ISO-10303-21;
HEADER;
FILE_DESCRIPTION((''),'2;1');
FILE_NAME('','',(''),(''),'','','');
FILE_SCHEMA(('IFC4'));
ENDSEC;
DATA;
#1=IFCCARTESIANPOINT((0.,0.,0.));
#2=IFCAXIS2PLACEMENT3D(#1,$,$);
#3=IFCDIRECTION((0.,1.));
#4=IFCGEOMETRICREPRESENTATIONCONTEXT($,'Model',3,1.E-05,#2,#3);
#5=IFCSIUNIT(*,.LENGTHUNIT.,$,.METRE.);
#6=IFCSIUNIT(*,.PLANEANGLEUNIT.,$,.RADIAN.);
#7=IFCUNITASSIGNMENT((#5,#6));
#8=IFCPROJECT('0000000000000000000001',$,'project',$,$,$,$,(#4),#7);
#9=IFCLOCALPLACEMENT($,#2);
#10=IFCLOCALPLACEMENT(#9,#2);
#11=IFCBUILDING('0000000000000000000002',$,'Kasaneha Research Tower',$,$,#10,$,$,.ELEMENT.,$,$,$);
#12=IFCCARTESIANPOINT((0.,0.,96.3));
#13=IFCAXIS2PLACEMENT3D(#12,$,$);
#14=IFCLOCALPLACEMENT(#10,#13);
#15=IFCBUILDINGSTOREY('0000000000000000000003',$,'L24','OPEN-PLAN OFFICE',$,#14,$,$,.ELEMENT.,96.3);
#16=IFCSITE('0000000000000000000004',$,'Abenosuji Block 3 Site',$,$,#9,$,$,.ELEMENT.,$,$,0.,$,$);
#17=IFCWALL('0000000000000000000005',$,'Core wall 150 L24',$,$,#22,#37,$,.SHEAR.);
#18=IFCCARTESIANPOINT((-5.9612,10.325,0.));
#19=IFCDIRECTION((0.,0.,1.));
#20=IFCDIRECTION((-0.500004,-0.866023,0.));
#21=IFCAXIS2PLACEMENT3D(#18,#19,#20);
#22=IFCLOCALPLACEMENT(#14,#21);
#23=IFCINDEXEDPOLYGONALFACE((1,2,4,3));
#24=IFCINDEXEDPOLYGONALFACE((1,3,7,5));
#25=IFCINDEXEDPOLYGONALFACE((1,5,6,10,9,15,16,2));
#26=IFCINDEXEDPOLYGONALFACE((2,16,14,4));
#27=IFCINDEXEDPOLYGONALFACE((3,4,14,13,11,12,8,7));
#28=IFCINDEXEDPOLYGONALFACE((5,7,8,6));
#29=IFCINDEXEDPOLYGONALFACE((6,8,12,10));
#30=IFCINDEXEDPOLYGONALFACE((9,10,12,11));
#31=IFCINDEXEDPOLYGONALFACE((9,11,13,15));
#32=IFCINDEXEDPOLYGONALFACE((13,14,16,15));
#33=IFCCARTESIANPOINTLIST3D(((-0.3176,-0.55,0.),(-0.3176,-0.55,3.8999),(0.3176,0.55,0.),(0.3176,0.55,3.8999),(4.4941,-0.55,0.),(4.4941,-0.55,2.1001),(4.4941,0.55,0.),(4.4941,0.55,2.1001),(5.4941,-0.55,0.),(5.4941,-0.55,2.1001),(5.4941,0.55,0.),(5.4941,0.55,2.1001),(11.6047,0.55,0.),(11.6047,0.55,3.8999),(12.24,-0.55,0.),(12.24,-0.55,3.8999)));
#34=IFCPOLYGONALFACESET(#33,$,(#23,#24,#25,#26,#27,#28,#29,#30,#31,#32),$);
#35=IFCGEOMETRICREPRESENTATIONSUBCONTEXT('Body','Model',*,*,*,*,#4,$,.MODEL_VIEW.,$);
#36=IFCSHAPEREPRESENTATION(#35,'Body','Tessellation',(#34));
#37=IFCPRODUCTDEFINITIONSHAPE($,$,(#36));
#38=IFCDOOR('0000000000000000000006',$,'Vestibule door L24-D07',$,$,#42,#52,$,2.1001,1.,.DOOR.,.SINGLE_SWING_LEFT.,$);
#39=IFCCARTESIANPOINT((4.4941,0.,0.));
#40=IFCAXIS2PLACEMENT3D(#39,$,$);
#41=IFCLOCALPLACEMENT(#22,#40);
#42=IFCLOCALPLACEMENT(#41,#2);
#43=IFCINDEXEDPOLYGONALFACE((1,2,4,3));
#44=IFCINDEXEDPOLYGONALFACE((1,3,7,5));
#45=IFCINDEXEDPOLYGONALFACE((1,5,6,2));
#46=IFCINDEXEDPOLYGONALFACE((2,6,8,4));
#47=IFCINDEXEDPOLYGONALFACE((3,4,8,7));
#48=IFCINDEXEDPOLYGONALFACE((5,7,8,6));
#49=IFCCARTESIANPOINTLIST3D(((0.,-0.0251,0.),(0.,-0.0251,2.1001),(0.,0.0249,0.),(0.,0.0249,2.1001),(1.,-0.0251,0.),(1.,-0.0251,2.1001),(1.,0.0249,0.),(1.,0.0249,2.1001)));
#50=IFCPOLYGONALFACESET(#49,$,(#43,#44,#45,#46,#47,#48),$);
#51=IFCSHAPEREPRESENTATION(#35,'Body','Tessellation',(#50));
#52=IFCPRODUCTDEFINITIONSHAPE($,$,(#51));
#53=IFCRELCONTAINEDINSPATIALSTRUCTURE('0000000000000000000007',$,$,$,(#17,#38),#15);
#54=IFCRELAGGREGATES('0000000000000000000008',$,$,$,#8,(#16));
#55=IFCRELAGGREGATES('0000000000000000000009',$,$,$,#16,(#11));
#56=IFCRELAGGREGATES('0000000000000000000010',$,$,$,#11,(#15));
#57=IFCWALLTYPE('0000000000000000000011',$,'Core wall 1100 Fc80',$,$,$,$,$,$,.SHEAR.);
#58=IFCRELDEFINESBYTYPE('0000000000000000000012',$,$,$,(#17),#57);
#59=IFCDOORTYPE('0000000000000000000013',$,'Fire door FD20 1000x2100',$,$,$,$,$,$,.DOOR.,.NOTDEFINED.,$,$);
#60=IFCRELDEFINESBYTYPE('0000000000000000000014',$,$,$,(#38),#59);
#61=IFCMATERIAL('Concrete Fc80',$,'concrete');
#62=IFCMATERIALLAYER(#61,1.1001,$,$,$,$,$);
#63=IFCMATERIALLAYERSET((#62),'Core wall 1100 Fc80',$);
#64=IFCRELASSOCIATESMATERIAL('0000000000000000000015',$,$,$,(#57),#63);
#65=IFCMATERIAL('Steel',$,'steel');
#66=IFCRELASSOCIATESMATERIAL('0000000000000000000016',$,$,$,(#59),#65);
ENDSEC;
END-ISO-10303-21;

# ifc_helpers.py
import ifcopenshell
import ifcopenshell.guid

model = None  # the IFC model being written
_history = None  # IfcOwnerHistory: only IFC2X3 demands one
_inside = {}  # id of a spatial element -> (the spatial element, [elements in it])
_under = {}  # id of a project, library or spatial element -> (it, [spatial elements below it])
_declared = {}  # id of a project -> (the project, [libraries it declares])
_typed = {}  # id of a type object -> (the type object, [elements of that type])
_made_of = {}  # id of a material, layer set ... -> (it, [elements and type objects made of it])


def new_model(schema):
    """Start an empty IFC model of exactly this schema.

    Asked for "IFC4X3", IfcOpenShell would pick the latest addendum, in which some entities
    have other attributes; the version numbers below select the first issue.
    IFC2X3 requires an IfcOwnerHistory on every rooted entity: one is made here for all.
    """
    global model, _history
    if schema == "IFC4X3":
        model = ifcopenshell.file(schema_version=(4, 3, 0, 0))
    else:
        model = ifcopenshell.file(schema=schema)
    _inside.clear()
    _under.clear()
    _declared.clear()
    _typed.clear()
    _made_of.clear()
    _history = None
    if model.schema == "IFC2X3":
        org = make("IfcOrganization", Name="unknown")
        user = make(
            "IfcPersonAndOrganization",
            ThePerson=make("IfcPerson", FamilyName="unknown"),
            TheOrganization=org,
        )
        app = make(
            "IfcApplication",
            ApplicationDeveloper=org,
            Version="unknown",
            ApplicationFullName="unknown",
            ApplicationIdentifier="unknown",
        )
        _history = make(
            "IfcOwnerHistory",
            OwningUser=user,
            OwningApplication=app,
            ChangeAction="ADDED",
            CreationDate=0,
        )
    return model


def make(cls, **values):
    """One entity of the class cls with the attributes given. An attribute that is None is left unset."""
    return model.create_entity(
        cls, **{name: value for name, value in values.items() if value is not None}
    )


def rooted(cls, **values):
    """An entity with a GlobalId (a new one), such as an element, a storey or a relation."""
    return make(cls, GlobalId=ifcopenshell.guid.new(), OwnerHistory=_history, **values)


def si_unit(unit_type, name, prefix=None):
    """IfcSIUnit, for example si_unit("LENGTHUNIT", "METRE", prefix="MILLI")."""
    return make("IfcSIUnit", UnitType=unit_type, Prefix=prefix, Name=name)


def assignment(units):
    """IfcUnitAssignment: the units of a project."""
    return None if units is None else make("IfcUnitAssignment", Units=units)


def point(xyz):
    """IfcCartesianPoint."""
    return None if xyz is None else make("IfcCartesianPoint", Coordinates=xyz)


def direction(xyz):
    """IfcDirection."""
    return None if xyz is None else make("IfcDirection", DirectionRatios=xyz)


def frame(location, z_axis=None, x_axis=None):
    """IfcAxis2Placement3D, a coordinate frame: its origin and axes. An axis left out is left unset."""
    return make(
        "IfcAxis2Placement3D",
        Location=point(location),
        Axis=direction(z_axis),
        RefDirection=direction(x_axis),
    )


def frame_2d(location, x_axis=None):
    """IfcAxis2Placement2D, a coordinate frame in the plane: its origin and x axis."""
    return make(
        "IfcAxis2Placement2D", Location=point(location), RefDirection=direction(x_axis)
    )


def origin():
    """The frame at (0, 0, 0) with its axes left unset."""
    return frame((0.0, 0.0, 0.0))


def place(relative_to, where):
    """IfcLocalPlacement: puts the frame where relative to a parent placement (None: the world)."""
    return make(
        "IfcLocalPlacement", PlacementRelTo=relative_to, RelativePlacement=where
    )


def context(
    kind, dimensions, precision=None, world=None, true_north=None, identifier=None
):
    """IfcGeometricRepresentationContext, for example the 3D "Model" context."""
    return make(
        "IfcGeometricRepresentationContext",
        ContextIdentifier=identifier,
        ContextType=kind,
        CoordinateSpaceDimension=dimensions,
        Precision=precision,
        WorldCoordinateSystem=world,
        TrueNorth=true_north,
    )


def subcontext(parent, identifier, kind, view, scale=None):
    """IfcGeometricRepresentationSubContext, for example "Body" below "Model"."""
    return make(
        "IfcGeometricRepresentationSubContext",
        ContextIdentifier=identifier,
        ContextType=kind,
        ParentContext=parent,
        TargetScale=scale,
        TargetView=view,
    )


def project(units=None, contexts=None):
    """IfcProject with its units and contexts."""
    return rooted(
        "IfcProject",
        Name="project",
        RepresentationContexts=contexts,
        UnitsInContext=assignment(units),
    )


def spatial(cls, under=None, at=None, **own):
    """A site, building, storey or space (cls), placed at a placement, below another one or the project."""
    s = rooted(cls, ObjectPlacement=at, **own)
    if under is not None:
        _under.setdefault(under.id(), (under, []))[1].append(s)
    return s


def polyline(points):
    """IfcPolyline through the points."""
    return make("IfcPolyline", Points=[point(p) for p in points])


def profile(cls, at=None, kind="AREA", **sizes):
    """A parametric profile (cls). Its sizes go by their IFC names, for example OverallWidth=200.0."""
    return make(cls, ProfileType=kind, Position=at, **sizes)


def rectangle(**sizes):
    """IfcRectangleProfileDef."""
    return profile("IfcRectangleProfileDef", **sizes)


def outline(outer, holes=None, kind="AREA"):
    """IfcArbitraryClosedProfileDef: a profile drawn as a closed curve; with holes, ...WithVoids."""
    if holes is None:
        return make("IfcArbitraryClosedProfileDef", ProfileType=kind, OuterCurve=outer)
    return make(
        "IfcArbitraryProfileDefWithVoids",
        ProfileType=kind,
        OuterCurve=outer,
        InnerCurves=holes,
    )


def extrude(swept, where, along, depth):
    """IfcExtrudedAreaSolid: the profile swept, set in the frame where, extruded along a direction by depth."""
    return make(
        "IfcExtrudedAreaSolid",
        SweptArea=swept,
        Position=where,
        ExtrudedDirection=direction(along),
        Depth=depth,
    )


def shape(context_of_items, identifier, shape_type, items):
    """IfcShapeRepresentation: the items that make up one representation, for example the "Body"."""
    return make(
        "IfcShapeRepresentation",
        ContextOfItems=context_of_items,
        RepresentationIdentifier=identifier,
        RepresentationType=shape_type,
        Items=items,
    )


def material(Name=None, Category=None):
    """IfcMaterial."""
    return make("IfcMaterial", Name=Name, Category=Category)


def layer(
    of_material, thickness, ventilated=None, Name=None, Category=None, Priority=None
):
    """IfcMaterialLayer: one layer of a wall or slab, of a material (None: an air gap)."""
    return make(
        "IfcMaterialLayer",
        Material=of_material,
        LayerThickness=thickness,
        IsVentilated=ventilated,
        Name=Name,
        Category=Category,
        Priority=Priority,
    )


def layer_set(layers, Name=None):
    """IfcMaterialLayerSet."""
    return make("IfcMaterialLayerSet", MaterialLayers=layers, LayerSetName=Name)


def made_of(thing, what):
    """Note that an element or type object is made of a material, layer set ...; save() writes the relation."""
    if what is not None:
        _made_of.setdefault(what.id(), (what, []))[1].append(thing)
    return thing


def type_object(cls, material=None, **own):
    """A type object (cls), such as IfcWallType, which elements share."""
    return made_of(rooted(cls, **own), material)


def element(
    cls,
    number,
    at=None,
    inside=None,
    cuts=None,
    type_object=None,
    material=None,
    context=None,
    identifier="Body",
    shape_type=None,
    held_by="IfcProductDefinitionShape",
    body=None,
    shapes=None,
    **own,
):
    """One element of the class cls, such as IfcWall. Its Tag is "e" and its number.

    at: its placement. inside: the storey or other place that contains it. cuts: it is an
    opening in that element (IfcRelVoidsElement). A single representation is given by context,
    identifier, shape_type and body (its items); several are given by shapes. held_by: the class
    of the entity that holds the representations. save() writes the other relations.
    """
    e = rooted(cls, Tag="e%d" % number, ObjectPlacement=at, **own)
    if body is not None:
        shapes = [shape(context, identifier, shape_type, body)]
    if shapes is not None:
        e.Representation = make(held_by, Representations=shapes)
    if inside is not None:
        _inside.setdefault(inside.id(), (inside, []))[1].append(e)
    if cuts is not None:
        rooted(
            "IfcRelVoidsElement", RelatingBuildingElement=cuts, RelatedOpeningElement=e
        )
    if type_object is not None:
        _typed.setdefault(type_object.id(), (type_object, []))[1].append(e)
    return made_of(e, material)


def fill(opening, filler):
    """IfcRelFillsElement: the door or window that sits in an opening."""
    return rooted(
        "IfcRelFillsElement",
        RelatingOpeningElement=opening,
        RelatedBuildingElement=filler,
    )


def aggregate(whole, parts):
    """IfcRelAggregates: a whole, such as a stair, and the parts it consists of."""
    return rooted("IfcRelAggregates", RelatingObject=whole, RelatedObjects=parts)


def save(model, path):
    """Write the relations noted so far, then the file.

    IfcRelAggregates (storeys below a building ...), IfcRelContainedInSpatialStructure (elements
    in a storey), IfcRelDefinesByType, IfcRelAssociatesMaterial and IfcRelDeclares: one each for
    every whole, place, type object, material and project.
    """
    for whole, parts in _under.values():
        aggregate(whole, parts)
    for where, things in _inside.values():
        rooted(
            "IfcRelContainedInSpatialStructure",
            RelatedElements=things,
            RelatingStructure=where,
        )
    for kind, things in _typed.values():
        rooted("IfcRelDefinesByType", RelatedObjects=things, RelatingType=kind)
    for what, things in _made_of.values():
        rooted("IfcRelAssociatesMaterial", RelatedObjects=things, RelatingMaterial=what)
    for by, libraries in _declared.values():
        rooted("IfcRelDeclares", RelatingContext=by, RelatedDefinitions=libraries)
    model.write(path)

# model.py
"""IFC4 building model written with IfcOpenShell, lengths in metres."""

from ifc_helpers import new_model, si_unit, direction, frame, frame_2d, origin, place, context, subcontext, project, spatial, polyline, rectangle, outline, extrude, material, layer, layer_set, type_object, element, fill, save


model = new_model("IFC4")

# Units and contexts
model_context = context("Model", 3, precision=1e-05, world=origin(), true_north=direction((0.0, 1.0)))
body_context = subcontext(model_context, "Body", "Model", "MODEL_VIEW")
ifc_project = project(units=[si_unit("LENGTHUNIT", "METRE"), si_unit("PLANEANGLEUNIT", "RADIAN")], contexts=[model_context])

# Site, building, storey
site_placement = place(None, origin())
site = spatial("IfcSite", under=ifc_project, at=site_placement, Name="Abenosuji Block 3 Site", CompositionType="ELEMENT", RefElevation=0.0)
building_placement = place(site_placement, origin())
building = spatial("IfcBuilding", under=site, at=building_placement, Name="Kasaneha Research Tower", CompositionType="ELEMENT")
storey_placement = place(building_placement, frame((0.0, 0.0, 96.3)))
storey = spatial("IfcBuildingStorey", under=building, at=storey_placement, Name="L24", Description="OPEN-PLAN OFFICE", CompositionType="ELEMENT", Elevation=96.3)

# Wall, opening, door
ifc_material_1 = material(Name="Concrete Fc80", Category="concrete")
ifc_layer_1 = layer(ifc_material_1, 1.1001)
ifc_layer_set_1 = layer_set([ifc_layer_1], Name="Core wall 1100 Fc80")
wall_type_1 = type_object("IfcWallType", Name="Core wall 1100 Fc80", PredefinedType="SHEAR", material=ifc_layer_set_1)
wall_1_placement = place(storey_placement, frame((-5.9612, 10.325, 0.0), z_axis=(0.0, 0.0, 1.0), x_axis=(-0.500004, -0.866023, 0.0)))
wall_1 = element("IfcWall", 1, at=wall_1_placement, inside=storey, type_object=wall_type_1, Name="Core wall 150 L24", PredefinedType="SHEAR", context=body_context, shape_type="SweptSolid", body=[
    extrude(outline(polyline([(-0.3176, -0.55), (4.4941, -0.55), (5.4941, -0.55), (12.24, -0.55), (11.6047, 0.55), (5.4941, 0.55), (4.4941, 0.55), (0.3176, 0.55), (-0.3176, -0.55)])), origin(), (0.0, 0.0, 1.0), 3.8999),
])
opening_1_placement = place(wall_1_placement, frame((4.4941, 0.0, 0.0)))
opening_1 = element("IfcOpeningElement", 2, at=opening_1_placement, cuts=wall_1, PredefinedType="OPENING", context=body_context, shape_type="SweptSolid", body=[
    extrude(rectangle(XDim=1.0, YDim=2.1001, at=frame_2d((0.5, 1.05))), frame((0.0, 0.5601, 0.0), z_axis=(0.0, -1.0, 0.0), x_axis=(1.0, 0.0, 0.0)), (0.0, 0.0, 1.0), 1.1201),
])
ifc_material_2 = material(Name="Steel", Category="steel")
door_type_1 = type_object("IfcDoorType", Name="Fire door FD20 1000x2100", OperationType="NOTDEFINED", PredefinedType="DOOR", material=ifc_material_2)
door_1_placement = place(opening_1_placement, origin())
door_1 = element("IfcDoor", 3, at=door_1_placement, inside=storey, type_object=door_type_1, Name="Vestibule door L24-D07", OperationType="SINGLE_SWING_LEFT", OverallHeight=2.1001, OverallWidth=1.0, PredefinedType="DOOR", context=body_context, shape_type="SweptSolid", body=[
    extrude(rectangle(XDim=1.0, YDim=2.1001, at=frame_2d((0.5, 1.05))), frame((0.0, 0.0249, 0.0), z_axis=(0.0, -1.0, 0.0), x_axis=(1.0, 0.0, 0.0)), (0.0, 0.0, 1.0), 0.05),
])
fill(opening_1, door_1)

save(model, "model.ifc")
